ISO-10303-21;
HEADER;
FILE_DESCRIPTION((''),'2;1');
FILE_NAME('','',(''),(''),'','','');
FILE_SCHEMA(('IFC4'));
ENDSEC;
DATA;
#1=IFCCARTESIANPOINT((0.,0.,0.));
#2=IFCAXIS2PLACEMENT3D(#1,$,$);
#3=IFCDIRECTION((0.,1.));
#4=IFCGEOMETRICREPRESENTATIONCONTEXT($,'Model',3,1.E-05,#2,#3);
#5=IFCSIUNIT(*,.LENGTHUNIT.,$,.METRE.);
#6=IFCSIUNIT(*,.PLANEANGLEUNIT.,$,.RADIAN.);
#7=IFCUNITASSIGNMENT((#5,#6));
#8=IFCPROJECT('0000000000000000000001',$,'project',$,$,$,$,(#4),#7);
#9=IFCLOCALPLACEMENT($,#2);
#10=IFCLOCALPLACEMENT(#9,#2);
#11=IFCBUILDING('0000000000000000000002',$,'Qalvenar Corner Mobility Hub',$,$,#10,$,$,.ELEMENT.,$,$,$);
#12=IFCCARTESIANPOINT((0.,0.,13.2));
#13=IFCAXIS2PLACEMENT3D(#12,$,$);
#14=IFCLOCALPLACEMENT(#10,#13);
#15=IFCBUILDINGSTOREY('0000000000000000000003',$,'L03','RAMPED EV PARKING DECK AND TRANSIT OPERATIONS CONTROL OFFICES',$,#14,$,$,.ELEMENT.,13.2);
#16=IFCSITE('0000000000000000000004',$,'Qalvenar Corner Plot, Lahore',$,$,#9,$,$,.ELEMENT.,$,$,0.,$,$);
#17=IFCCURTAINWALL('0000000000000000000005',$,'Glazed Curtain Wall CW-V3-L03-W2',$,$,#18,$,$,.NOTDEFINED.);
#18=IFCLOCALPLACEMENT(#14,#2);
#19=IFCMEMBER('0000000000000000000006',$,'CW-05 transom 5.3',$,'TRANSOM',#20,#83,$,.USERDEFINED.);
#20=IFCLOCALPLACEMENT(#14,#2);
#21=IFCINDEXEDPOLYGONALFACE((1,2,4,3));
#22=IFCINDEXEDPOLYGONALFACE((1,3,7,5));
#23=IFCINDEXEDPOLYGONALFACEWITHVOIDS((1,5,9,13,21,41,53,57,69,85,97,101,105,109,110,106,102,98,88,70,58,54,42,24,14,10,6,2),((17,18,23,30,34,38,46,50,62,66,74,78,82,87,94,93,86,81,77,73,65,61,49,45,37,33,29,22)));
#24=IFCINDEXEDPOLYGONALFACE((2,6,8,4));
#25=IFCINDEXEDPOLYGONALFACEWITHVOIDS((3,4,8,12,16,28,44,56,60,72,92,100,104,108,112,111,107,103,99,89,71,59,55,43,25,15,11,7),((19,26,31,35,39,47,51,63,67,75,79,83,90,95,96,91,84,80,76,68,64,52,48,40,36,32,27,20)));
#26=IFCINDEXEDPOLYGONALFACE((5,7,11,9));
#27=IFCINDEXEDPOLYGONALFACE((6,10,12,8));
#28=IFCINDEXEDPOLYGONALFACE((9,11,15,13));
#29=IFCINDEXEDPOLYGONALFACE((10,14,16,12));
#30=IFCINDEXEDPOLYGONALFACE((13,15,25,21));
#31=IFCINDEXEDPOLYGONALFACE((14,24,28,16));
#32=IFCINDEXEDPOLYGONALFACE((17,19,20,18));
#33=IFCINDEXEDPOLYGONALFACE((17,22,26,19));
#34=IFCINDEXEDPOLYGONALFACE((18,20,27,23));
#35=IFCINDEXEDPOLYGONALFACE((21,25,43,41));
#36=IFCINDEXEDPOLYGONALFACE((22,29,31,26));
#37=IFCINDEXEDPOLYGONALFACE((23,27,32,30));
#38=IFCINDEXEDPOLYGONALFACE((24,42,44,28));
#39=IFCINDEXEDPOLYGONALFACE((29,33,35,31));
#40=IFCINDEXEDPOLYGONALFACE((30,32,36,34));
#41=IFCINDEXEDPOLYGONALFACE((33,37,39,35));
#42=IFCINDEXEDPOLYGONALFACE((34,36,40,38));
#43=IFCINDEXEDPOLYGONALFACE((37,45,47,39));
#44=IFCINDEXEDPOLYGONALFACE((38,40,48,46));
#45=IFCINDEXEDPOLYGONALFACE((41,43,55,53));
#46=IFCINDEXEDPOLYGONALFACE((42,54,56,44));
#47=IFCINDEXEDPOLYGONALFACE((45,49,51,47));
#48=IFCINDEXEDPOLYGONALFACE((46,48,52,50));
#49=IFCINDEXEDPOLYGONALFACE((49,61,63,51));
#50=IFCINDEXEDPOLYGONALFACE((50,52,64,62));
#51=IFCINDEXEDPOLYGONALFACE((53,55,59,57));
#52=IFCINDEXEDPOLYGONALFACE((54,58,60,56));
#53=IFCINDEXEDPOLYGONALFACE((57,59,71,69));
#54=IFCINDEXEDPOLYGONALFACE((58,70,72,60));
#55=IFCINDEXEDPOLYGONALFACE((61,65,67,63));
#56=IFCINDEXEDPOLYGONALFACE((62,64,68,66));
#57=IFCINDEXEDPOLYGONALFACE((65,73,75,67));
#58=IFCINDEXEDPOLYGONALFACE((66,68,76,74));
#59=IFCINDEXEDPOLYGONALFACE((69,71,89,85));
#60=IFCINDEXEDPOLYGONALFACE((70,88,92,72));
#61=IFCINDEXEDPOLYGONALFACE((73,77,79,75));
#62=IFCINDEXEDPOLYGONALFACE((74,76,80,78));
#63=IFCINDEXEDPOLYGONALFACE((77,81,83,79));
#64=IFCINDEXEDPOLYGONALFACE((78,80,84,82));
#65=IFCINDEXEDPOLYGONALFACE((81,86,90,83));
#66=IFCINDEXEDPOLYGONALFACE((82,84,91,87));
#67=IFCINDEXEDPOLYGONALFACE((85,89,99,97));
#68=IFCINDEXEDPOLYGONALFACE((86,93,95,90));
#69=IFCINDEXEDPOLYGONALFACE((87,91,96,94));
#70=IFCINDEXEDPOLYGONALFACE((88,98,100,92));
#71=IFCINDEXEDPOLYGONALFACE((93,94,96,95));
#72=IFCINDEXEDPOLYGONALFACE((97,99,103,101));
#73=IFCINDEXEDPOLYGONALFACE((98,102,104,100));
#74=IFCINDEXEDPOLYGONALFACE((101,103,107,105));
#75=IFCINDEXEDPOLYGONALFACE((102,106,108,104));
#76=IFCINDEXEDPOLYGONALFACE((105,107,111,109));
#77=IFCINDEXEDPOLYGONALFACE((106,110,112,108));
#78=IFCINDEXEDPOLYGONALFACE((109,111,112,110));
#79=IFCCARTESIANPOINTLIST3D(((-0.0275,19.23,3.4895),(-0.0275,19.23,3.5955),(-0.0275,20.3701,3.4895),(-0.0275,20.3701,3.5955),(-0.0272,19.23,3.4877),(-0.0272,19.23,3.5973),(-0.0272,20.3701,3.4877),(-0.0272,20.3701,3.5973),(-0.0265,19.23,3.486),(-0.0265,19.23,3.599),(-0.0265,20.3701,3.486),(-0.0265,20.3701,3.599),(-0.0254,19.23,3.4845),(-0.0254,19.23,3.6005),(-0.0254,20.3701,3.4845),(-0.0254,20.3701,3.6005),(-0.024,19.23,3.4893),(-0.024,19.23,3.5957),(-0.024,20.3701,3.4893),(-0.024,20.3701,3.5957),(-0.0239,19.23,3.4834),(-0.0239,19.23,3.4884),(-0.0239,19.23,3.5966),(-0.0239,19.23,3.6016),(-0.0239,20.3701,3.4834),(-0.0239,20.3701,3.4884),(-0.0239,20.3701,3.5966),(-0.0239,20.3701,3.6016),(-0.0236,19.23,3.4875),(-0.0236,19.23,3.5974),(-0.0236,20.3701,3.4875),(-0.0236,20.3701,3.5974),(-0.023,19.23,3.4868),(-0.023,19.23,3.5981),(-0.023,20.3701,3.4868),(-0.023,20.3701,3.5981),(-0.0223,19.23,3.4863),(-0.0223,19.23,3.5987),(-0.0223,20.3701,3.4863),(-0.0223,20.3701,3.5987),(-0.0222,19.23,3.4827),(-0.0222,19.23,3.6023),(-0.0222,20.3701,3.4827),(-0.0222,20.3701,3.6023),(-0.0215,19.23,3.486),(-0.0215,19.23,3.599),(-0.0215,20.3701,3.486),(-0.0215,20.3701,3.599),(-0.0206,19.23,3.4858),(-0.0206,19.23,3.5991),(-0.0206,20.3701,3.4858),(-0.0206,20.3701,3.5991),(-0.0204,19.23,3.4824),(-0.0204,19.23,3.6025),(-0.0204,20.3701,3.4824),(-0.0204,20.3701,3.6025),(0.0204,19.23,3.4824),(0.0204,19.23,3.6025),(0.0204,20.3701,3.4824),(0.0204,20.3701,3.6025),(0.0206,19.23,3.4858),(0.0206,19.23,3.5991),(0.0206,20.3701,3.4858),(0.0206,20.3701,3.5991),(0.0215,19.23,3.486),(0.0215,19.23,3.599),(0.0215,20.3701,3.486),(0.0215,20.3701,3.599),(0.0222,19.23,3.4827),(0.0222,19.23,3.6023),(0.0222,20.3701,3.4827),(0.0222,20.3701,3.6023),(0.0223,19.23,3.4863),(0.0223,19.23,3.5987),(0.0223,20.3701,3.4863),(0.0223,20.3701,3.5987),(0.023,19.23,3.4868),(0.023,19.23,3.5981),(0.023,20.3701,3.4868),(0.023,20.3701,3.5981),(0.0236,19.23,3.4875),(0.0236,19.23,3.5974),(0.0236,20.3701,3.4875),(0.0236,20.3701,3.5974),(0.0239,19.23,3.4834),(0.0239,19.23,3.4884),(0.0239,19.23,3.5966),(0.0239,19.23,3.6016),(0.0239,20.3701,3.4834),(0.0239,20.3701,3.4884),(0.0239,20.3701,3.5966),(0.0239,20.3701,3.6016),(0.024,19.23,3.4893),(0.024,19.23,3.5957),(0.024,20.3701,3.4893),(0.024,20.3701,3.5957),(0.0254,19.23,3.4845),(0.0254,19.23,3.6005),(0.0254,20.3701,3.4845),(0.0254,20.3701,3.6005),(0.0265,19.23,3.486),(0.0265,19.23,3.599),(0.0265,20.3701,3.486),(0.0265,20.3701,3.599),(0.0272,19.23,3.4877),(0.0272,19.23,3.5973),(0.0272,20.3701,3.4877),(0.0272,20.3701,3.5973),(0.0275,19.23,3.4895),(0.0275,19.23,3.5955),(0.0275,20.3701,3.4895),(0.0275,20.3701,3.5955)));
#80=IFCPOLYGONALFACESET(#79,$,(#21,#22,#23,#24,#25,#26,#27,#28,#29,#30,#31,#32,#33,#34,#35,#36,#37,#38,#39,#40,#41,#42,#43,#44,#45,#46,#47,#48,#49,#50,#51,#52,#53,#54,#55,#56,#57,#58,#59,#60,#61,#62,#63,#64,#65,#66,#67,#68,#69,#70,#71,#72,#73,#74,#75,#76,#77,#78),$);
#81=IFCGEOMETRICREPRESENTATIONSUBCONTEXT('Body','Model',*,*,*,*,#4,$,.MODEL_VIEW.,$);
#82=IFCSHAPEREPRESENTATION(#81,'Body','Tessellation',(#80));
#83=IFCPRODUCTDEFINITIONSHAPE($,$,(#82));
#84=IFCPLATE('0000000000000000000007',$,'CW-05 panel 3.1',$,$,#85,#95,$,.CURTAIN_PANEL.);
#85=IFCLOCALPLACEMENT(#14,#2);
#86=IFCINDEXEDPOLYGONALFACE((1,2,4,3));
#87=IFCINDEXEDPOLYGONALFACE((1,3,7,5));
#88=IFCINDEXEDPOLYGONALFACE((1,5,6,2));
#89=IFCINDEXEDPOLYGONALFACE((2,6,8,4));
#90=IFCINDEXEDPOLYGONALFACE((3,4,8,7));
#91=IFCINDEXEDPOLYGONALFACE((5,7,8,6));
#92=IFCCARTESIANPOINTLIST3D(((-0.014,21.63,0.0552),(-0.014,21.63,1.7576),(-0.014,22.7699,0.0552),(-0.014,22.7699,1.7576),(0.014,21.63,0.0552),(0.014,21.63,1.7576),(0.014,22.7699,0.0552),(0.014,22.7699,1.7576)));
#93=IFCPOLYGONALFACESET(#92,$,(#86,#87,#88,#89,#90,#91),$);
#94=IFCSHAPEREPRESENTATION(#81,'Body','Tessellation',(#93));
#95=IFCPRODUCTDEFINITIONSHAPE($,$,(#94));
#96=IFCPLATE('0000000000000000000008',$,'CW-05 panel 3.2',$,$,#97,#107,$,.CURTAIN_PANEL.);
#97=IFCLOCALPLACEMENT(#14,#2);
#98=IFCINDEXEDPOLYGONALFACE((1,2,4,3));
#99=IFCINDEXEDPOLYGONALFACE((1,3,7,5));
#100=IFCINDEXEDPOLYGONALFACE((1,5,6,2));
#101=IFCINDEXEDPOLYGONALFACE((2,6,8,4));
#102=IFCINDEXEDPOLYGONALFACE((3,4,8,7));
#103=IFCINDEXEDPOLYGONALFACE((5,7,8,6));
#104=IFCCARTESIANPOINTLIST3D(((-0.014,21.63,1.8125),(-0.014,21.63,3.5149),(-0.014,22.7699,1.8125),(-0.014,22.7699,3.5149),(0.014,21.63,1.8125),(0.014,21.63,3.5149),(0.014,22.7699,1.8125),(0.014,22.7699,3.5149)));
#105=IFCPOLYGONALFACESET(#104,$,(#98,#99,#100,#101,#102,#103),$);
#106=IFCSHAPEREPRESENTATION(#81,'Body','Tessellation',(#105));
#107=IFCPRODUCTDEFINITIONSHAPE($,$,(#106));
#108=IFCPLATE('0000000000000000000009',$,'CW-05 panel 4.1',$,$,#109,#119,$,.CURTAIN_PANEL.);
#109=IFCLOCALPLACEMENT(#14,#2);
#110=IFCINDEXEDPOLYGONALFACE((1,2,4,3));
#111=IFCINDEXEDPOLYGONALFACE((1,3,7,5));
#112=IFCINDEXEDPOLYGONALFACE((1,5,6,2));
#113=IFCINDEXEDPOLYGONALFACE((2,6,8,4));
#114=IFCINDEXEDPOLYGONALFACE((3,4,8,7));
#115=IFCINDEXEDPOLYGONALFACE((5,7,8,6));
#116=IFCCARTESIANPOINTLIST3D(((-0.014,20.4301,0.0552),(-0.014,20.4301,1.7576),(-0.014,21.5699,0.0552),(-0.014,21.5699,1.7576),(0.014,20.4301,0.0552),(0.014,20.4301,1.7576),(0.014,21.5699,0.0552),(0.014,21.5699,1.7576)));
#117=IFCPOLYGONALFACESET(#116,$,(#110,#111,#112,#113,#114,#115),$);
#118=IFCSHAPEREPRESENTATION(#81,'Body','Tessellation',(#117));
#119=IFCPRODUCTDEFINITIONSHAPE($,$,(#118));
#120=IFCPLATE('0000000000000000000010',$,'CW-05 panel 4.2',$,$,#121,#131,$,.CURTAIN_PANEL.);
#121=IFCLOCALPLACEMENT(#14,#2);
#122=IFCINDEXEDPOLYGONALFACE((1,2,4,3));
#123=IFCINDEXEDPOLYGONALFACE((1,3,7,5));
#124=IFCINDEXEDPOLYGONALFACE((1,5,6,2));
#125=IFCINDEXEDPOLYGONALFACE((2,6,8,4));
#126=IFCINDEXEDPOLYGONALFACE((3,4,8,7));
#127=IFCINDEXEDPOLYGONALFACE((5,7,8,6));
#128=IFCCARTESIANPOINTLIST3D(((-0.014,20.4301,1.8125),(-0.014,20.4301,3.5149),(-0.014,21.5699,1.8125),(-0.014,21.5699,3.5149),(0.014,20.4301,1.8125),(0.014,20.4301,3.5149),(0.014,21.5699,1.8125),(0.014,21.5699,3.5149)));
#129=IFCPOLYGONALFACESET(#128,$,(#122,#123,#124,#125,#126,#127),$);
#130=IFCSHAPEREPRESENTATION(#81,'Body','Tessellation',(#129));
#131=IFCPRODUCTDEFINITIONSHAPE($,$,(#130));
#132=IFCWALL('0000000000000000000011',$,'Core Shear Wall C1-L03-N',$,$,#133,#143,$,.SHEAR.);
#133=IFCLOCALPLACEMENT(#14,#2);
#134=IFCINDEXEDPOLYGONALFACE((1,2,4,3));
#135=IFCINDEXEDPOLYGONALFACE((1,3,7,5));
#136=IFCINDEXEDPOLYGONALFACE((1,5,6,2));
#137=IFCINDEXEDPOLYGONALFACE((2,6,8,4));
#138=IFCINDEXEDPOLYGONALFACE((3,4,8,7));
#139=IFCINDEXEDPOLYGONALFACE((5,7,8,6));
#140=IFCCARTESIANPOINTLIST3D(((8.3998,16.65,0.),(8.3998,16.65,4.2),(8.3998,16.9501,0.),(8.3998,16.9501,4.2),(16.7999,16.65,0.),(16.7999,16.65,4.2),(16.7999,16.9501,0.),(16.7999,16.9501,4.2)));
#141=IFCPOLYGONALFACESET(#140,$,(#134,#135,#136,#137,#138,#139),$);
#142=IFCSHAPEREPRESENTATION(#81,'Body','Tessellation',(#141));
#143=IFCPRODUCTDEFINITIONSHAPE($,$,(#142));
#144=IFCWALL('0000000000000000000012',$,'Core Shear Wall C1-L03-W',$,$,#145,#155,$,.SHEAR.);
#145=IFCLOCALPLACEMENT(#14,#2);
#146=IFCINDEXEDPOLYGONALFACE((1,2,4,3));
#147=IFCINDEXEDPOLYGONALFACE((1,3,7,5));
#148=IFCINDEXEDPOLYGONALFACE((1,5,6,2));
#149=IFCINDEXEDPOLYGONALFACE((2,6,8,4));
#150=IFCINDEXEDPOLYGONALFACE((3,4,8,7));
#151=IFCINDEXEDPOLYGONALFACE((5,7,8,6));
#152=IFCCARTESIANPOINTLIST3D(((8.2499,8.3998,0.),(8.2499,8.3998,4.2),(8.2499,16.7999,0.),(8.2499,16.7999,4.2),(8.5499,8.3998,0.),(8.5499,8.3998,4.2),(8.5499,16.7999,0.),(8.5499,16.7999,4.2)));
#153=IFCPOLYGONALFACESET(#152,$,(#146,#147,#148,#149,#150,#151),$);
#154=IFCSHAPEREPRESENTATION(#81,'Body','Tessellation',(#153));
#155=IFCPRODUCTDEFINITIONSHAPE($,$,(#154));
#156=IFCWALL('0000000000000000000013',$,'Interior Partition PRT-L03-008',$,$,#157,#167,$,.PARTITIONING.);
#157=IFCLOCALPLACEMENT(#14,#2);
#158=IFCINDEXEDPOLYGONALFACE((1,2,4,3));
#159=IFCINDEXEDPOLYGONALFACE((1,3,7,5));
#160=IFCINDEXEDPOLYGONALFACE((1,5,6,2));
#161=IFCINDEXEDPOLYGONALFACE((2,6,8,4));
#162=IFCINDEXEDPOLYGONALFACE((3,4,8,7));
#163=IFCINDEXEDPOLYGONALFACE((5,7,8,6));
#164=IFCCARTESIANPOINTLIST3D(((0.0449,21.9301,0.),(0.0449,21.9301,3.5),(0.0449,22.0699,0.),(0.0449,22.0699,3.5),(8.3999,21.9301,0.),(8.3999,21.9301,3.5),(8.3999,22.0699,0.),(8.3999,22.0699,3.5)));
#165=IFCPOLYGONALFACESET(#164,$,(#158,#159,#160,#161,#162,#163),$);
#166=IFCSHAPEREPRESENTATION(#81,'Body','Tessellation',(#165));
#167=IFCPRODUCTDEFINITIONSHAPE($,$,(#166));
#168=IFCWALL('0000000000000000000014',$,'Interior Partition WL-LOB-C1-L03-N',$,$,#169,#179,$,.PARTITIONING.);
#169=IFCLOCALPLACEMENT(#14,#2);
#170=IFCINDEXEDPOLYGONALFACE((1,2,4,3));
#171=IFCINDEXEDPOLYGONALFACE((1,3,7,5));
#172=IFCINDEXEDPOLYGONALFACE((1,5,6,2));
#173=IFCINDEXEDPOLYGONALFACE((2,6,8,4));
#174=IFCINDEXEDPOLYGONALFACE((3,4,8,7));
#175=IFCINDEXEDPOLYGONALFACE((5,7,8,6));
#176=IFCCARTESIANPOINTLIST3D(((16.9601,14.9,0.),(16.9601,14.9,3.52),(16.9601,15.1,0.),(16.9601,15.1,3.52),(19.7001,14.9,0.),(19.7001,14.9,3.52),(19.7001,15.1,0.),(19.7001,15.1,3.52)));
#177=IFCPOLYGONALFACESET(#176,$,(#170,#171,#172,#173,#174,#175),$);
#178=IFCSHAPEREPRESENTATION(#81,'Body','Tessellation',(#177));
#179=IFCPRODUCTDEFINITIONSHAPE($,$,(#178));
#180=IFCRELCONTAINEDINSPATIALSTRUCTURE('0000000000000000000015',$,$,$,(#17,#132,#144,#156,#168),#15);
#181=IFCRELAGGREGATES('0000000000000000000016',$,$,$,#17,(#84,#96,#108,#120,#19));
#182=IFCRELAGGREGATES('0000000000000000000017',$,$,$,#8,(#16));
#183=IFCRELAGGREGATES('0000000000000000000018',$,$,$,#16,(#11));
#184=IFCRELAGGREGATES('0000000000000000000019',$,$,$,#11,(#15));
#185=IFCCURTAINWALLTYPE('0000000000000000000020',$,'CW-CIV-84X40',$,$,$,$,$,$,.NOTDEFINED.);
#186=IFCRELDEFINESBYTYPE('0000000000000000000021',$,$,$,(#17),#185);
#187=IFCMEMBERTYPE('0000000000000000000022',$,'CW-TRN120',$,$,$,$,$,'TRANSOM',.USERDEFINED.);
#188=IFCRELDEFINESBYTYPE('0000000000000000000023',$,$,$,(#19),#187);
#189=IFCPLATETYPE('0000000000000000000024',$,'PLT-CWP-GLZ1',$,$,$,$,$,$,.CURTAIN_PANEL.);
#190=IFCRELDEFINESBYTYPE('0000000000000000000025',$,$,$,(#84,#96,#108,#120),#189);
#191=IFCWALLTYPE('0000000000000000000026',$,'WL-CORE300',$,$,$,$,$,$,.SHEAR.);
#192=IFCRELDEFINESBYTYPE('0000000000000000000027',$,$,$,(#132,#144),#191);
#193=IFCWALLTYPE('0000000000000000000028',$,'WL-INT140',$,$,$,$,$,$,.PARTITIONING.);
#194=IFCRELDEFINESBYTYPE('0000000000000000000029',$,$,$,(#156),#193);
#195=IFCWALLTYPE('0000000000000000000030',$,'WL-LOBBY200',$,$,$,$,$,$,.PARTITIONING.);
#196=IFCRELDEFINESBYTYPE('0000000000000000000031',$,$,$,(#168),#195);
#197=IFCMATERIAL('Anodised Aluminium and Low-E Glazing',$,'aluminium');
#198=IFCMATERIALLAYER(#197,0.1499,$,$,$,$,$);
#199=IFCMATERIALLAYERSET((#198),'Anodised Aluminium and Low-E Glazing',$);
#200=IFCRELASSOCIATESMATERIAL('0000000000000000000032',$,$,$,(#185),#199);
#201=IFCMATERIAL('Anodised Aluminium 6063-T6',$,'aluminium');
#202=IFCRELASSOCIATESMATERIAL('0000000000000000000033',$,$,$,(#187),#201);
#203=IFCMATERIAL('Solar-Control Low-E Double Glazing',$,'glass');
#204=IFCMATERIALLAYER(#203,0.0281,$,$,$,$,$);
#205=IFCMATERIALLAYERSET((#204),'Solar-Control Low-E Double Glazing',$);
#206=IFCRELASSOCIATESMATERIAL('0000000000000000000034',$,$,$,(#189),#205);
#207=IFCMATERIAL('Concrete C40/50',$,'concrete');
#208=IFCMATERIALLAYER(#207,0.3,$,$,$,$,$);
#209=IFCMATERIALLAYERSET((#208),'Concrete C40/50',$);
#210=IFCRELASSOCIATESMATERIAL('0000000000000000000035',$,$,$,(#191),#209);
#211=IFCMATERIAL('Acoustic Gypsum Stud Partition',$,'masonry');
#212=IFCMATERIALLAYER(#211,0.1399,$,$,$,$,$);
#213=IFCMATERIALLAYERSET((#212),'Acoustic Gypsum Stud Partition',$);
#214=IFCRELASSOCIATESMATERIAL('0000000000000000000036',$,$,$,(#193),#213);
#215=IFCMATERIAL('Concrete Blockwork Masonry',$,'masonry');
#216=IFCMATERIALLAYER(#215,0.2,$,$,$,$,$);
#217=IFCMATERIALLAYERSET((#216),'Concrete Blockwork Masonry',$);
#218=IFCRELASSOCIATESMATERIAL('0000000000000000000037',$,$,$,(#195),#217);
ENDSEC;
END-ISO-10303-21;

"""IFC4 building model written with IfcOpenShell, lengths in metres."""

from ifc_helpers import new_model, si_unit, direction, frame, frame_2d, origin, origin_2d, place, context, subcontext, project, spatial, rectangle, hollow_rectangle, extrude, material, layer, layer_set, material_profile, profile_set, type_object, element, aggregate, save


model = new_model("IFC4")

# Units and contexts
model_context = context("Model", 3, precision=1e-05, world=origin(), true_north=direction((0.0, 1.0)))
body_context = subcontext(model_context, "Body", "Model", "MODEL_VIEW")
ifc_project = project(units=[si_unit("LENGTHUNIT", "METRE"), si_unit("PLANEANGLEUNIT", "RADIAN")], contexts=[model_context])

# Site, building, storey
site_placement = place(None, origin())
site = spatial("IfcSite", under=ifc_project, at=site_placement, Name="Qalvenar Corner Plot, Lahore", CompositionType="ELEMENT", RefElevation=0.0)
building_placement = place(site_placement, origin())
building = spatial("IfcBuilding", under=site, at=building_placement, Name="Qalvenar Corner Mobility Hub", CompositionType="ELEMENT")
storey_placement = place(building_placement, frame((0.0, 0.0, 13.2)))
storey = spatial("IfcBuildingStorey", under=building, at=storey_placement, Name="L03", Description="RAMPED EV PARKING DECK AND TRANSIT OPERATIONS CONTROL OFFICES", CompositionType="ELEMENT", Elevation=13.2)

# Curtain wall, member, plates
ifc_material_1 = material(Name="Anodised Aluminium and Low-E Glazing", Category="aluminium")
ifc_layer_1 = layer(ifc_material_1, 0.1499)
ifc_layer_set_1 = layer_set([ifc_layer_1], Name="Anodised Aluminium and Low-E Glazing")
curtain_wall_type = type_object("IfcCurtainWallType", Name="CW-CIV-84X40", PredefinedType="NOTDEFINED", material=ifc_layer_set_1)
curtain_wall_placement = place(storey_placement, origin())
curtain_wall = element("IfcCurtainWall", 1, at=curtain_wall_placement, inside=storey, type_object=curtain_wall_type, Name="Glazed Curtain Wall CW-V3-L03-W2", PredefinedType="NOTDEFINED")
ifc_material_2 = material(Name="Anodised Aluminium 6063-T6", Category="aluminium")
ifc_material_profile_1 = material_profile(ifc_material_2, hollow_rectangle(XDim=0.0549, YDim=0.1201, WallThickness=0.0034, InnerFilletRadius=0.0034, OuterFilletRadius=0.0071, at=origin_2d()), Name="RHS120x55x3.5")
ifc_profile_set_1 = profile_set([ifc_material_profile_1], Name="Anodised Aluminium 6063-T6")
member_type_1 = type_object("IfcMemberType", Name="CW-TRN120", ElementType="TRANSOM", PredefinedType="USERDEFINED", material=ifc_profile_set_1)
member_1_placement = place(storey_placement, frame((0.0, 20.3701, 3.5425), z_axis=(0.0, -1.0, 0.0), x_axis=(1.0, 0.0, 0.0)))
member_1 = element("IfcMember", 2, at=member_1_placement, type_object=member_type_1, Name="CW-05 transom 5.3", ObjectType="TRANSOM", PredefinedType="USERDEFINED", context=body_context, shape_type="SweptSolid", body=[
    extrude(hollow_rectangle(XDim=0.0549, YDim=0.1201, WallThickness=0.0034, InnerFilletRadius=0.0034, OuterFilletRadius=0.0071, at=origin_2d()), origin(), (0.0, 0.0, 1.0), 1.1401),
])
ifc_material_3 = material(Name="Solar-Control Low-E Double Glazing", Category="glass")
ifc_layer_2 = layer(ifc_material_3, 0.0281)
ifc_layer_set_2 = layer_set([ifc_layer_2], Name="Solar-Control Low-E Double Glazing")
plate_type = type_object("IfcPlateType", Name="PLT-CWP-GLZ1", PredefinedType="CURTAIN_PANEL", material=ifc_layer_set_2)
plate_1_placement = place(storey_placement, frame((0.0, 22.2, 0.0552), z_axis=(0.0, 0.0, 1.0), x_axis=(0.0, -1.0, 0.0)))
plate_1 = element("IfcPlate", 3, at=plate_1_placement, type_object=plate_type, Name="CW-05 panel 3.1", PredefinedType="CURTAIN_PANEL", context=body_context, shape_type="SweptSolid", body=[
    extrude(rectangle(XDim=1.1399, YDim=0.0281, at=origin_2d()), origin(), (0.0, 0.0, 1.0), 1.7024),
])
plate_2_placement = place(storey_placement, frame((0.0, 22.2, 1.8125), z_axis=(0.0, 0.0, 1.0), x_axis=(0.0, -1.0, 0.0)))
plate_2 = element("IfcPlate", 4, at=plate_2_placement, type_object=plate_type, Name="CW-05 panel 3.2", PredefinedType="CURTAIN_PANEL", context=body_context, shape_type="SweptSolid", body=[
    extrude(rectangle(XDim=1.1399, YDim=0.0281, at=origin_2d()), origin(), (0.0, 0.0, 1.0), 1.7024),
])
plate_3_placement = place(storey_placement, frame((0.0, 21.0, 0.0552), z_axis=(0.0, 0.0, 1.0), x_axis=(0.0, -1.0, 0.0)))
plate_3 = element("IfcPlate", 5, at=plate_3_placement, type_object=plate_type, Name="CW-05 panel 4.1", PredefinedType="CURTAIN_PANEL", context=body_context, shape_type="SweptSolid", body=[
    extrude(rectangle(XDim=1.1399, YDim=0.0281, at=origin_2d()), origin(), (0.0, 0.0, 1.0), 1.7024),
])
plate_4_placement = place(storey_placement, frame((0.0, 21.0, 1.8125), z_axis=(0.0, 0.0, 1.0), x_axis=(0.0, -1.0, 0.0)))
plate_4 = element("IfcPlate", 6, at=plate_4_placement, type_object=plate_type, Name="CW-05 panel 4.2", PredefinedType="CURTAIN_PANEL", context=body_context, shape_type="SweptSolid", body=[
    extrude(rectangle(XDim=1.1399, YDim=0.0281, at=origin_2d()), origin(), (0.0, 0.0, 1.0), 1.7024),
])
aggregate(curtain_wall, [plate_1, plate_2, plate_3, plate_4, member_1])

# Walls
ifc_material_4 = material(Name="Concrete C40/50", Category="concrete")
ifc_layer_3 = layer(ifc_material_4, 0.3)
ifc_layer_set_3 = layer_set([ifc_layer_3], Name="Concrete C40/50")
wall_type_1 = type_object("IfcWallType", Name="WL-CORE300", PredefinedType="SHEAR", material=ifc_layer_set_3)
for number, where, z_axis, x_axis, name in (
    (7, (16.8, 16.8, 0.0), (0.0, 0.0, 1.0), (-1.0, 0.0, 0.0), "Core Shear Wall C1-L03-N"),
    (8, (8.3999, 16.8, 0.0), (0.0, 0.0, 1.0), (0.0, -1.0, 0.0), "Core Shear Wall C1-L03-W"),
):
    element("IfcWall", number, at=place(storey_placement, frame(where, z_axis=z_axis, x_axis=x_axis)), inside=storey, type_object=wall_type_1, Name=name, PredefinedType="SHEAR", context=body_context, shape_type="SweptSolid", body=[
        extrude(rectangle(XDim=8.4001, YDim=0.3, at=frame_2d((4.2002, 0.0))), origin(), (0.0, 0.0, 1.0), 4.2),
    ])
ifc_material_5 = material(Name="Acoustic Gypsum Stud Partition", Category="masonry")
ifc_layer_4 = layer(ifc_material_5, 0.1399)
ifc_layer_set_4 = layer_set([ifc_layer_4], Name="Acoustic Gypsum Stud Partition")
wall_type_2 = type_object("IfcWallType", Name="WL-INT140", PredefinedType="PARTITIONING", material=ifc_layer_set_4)
wall_1_placement = place(storey_placement, frame((0.0449, 22.0, 0.0), z_axis=(0.0, 0.0, 1.0), x_axis=(1.0, 0.0, 0.0)))
element("IfcWall", 9, at=wall_1_placement, inside=storey, type_object=wall_type_2, Name="Interior Partition PRT-L03-008", PredefinedType="PARTITIONING", context=body_context, shape_type="SweptSolid", body=[
    extrude(rectangle(XDim=8.355, YDim=0.1399, at=frame_2d((4.1775, 0.0))), origin(), (0.0, 0.0, 1.0), 3.5),
])
ifc_material_6 = material(Name="Concrete Blockwork Masonry", Category="masonry")
ifc_layer_5 = layer(ifc_material_6, 0.2)
ifc_layer_set_5 = layer_set([ifc_layer_5], Name="Concrete Blockwork Masonry")
wall_type_3 = type_object("IfcWallType", Name="WL-LOBBY200", PredefinedType="PARTITIONING", material=ifc_layer_set_5)
wall_2_placement = place(storey_placement, frame((16.96, 15.0, 0.0), z_axis=(0.0, 0.0, 1.0), x_axis=(1.0, 0.0, 0.0)))
element("IfcWall", 10, at=wall_2_placement, inside=storey, type_object=wall_type_3, Name="Interior Partition WL-LOB-C1-L03-N", PredefinedType="PARTITIONING", context=body_context, shape_type="SweptSolid", body=[
    extrude(rectangle(XDim=2.74, YDim=0.2, at=frame_2d((1.3701, 0.0))), origin(), (0.0, 0.0, 1.0), 3.52),
])

save(model, "model.ifc")
